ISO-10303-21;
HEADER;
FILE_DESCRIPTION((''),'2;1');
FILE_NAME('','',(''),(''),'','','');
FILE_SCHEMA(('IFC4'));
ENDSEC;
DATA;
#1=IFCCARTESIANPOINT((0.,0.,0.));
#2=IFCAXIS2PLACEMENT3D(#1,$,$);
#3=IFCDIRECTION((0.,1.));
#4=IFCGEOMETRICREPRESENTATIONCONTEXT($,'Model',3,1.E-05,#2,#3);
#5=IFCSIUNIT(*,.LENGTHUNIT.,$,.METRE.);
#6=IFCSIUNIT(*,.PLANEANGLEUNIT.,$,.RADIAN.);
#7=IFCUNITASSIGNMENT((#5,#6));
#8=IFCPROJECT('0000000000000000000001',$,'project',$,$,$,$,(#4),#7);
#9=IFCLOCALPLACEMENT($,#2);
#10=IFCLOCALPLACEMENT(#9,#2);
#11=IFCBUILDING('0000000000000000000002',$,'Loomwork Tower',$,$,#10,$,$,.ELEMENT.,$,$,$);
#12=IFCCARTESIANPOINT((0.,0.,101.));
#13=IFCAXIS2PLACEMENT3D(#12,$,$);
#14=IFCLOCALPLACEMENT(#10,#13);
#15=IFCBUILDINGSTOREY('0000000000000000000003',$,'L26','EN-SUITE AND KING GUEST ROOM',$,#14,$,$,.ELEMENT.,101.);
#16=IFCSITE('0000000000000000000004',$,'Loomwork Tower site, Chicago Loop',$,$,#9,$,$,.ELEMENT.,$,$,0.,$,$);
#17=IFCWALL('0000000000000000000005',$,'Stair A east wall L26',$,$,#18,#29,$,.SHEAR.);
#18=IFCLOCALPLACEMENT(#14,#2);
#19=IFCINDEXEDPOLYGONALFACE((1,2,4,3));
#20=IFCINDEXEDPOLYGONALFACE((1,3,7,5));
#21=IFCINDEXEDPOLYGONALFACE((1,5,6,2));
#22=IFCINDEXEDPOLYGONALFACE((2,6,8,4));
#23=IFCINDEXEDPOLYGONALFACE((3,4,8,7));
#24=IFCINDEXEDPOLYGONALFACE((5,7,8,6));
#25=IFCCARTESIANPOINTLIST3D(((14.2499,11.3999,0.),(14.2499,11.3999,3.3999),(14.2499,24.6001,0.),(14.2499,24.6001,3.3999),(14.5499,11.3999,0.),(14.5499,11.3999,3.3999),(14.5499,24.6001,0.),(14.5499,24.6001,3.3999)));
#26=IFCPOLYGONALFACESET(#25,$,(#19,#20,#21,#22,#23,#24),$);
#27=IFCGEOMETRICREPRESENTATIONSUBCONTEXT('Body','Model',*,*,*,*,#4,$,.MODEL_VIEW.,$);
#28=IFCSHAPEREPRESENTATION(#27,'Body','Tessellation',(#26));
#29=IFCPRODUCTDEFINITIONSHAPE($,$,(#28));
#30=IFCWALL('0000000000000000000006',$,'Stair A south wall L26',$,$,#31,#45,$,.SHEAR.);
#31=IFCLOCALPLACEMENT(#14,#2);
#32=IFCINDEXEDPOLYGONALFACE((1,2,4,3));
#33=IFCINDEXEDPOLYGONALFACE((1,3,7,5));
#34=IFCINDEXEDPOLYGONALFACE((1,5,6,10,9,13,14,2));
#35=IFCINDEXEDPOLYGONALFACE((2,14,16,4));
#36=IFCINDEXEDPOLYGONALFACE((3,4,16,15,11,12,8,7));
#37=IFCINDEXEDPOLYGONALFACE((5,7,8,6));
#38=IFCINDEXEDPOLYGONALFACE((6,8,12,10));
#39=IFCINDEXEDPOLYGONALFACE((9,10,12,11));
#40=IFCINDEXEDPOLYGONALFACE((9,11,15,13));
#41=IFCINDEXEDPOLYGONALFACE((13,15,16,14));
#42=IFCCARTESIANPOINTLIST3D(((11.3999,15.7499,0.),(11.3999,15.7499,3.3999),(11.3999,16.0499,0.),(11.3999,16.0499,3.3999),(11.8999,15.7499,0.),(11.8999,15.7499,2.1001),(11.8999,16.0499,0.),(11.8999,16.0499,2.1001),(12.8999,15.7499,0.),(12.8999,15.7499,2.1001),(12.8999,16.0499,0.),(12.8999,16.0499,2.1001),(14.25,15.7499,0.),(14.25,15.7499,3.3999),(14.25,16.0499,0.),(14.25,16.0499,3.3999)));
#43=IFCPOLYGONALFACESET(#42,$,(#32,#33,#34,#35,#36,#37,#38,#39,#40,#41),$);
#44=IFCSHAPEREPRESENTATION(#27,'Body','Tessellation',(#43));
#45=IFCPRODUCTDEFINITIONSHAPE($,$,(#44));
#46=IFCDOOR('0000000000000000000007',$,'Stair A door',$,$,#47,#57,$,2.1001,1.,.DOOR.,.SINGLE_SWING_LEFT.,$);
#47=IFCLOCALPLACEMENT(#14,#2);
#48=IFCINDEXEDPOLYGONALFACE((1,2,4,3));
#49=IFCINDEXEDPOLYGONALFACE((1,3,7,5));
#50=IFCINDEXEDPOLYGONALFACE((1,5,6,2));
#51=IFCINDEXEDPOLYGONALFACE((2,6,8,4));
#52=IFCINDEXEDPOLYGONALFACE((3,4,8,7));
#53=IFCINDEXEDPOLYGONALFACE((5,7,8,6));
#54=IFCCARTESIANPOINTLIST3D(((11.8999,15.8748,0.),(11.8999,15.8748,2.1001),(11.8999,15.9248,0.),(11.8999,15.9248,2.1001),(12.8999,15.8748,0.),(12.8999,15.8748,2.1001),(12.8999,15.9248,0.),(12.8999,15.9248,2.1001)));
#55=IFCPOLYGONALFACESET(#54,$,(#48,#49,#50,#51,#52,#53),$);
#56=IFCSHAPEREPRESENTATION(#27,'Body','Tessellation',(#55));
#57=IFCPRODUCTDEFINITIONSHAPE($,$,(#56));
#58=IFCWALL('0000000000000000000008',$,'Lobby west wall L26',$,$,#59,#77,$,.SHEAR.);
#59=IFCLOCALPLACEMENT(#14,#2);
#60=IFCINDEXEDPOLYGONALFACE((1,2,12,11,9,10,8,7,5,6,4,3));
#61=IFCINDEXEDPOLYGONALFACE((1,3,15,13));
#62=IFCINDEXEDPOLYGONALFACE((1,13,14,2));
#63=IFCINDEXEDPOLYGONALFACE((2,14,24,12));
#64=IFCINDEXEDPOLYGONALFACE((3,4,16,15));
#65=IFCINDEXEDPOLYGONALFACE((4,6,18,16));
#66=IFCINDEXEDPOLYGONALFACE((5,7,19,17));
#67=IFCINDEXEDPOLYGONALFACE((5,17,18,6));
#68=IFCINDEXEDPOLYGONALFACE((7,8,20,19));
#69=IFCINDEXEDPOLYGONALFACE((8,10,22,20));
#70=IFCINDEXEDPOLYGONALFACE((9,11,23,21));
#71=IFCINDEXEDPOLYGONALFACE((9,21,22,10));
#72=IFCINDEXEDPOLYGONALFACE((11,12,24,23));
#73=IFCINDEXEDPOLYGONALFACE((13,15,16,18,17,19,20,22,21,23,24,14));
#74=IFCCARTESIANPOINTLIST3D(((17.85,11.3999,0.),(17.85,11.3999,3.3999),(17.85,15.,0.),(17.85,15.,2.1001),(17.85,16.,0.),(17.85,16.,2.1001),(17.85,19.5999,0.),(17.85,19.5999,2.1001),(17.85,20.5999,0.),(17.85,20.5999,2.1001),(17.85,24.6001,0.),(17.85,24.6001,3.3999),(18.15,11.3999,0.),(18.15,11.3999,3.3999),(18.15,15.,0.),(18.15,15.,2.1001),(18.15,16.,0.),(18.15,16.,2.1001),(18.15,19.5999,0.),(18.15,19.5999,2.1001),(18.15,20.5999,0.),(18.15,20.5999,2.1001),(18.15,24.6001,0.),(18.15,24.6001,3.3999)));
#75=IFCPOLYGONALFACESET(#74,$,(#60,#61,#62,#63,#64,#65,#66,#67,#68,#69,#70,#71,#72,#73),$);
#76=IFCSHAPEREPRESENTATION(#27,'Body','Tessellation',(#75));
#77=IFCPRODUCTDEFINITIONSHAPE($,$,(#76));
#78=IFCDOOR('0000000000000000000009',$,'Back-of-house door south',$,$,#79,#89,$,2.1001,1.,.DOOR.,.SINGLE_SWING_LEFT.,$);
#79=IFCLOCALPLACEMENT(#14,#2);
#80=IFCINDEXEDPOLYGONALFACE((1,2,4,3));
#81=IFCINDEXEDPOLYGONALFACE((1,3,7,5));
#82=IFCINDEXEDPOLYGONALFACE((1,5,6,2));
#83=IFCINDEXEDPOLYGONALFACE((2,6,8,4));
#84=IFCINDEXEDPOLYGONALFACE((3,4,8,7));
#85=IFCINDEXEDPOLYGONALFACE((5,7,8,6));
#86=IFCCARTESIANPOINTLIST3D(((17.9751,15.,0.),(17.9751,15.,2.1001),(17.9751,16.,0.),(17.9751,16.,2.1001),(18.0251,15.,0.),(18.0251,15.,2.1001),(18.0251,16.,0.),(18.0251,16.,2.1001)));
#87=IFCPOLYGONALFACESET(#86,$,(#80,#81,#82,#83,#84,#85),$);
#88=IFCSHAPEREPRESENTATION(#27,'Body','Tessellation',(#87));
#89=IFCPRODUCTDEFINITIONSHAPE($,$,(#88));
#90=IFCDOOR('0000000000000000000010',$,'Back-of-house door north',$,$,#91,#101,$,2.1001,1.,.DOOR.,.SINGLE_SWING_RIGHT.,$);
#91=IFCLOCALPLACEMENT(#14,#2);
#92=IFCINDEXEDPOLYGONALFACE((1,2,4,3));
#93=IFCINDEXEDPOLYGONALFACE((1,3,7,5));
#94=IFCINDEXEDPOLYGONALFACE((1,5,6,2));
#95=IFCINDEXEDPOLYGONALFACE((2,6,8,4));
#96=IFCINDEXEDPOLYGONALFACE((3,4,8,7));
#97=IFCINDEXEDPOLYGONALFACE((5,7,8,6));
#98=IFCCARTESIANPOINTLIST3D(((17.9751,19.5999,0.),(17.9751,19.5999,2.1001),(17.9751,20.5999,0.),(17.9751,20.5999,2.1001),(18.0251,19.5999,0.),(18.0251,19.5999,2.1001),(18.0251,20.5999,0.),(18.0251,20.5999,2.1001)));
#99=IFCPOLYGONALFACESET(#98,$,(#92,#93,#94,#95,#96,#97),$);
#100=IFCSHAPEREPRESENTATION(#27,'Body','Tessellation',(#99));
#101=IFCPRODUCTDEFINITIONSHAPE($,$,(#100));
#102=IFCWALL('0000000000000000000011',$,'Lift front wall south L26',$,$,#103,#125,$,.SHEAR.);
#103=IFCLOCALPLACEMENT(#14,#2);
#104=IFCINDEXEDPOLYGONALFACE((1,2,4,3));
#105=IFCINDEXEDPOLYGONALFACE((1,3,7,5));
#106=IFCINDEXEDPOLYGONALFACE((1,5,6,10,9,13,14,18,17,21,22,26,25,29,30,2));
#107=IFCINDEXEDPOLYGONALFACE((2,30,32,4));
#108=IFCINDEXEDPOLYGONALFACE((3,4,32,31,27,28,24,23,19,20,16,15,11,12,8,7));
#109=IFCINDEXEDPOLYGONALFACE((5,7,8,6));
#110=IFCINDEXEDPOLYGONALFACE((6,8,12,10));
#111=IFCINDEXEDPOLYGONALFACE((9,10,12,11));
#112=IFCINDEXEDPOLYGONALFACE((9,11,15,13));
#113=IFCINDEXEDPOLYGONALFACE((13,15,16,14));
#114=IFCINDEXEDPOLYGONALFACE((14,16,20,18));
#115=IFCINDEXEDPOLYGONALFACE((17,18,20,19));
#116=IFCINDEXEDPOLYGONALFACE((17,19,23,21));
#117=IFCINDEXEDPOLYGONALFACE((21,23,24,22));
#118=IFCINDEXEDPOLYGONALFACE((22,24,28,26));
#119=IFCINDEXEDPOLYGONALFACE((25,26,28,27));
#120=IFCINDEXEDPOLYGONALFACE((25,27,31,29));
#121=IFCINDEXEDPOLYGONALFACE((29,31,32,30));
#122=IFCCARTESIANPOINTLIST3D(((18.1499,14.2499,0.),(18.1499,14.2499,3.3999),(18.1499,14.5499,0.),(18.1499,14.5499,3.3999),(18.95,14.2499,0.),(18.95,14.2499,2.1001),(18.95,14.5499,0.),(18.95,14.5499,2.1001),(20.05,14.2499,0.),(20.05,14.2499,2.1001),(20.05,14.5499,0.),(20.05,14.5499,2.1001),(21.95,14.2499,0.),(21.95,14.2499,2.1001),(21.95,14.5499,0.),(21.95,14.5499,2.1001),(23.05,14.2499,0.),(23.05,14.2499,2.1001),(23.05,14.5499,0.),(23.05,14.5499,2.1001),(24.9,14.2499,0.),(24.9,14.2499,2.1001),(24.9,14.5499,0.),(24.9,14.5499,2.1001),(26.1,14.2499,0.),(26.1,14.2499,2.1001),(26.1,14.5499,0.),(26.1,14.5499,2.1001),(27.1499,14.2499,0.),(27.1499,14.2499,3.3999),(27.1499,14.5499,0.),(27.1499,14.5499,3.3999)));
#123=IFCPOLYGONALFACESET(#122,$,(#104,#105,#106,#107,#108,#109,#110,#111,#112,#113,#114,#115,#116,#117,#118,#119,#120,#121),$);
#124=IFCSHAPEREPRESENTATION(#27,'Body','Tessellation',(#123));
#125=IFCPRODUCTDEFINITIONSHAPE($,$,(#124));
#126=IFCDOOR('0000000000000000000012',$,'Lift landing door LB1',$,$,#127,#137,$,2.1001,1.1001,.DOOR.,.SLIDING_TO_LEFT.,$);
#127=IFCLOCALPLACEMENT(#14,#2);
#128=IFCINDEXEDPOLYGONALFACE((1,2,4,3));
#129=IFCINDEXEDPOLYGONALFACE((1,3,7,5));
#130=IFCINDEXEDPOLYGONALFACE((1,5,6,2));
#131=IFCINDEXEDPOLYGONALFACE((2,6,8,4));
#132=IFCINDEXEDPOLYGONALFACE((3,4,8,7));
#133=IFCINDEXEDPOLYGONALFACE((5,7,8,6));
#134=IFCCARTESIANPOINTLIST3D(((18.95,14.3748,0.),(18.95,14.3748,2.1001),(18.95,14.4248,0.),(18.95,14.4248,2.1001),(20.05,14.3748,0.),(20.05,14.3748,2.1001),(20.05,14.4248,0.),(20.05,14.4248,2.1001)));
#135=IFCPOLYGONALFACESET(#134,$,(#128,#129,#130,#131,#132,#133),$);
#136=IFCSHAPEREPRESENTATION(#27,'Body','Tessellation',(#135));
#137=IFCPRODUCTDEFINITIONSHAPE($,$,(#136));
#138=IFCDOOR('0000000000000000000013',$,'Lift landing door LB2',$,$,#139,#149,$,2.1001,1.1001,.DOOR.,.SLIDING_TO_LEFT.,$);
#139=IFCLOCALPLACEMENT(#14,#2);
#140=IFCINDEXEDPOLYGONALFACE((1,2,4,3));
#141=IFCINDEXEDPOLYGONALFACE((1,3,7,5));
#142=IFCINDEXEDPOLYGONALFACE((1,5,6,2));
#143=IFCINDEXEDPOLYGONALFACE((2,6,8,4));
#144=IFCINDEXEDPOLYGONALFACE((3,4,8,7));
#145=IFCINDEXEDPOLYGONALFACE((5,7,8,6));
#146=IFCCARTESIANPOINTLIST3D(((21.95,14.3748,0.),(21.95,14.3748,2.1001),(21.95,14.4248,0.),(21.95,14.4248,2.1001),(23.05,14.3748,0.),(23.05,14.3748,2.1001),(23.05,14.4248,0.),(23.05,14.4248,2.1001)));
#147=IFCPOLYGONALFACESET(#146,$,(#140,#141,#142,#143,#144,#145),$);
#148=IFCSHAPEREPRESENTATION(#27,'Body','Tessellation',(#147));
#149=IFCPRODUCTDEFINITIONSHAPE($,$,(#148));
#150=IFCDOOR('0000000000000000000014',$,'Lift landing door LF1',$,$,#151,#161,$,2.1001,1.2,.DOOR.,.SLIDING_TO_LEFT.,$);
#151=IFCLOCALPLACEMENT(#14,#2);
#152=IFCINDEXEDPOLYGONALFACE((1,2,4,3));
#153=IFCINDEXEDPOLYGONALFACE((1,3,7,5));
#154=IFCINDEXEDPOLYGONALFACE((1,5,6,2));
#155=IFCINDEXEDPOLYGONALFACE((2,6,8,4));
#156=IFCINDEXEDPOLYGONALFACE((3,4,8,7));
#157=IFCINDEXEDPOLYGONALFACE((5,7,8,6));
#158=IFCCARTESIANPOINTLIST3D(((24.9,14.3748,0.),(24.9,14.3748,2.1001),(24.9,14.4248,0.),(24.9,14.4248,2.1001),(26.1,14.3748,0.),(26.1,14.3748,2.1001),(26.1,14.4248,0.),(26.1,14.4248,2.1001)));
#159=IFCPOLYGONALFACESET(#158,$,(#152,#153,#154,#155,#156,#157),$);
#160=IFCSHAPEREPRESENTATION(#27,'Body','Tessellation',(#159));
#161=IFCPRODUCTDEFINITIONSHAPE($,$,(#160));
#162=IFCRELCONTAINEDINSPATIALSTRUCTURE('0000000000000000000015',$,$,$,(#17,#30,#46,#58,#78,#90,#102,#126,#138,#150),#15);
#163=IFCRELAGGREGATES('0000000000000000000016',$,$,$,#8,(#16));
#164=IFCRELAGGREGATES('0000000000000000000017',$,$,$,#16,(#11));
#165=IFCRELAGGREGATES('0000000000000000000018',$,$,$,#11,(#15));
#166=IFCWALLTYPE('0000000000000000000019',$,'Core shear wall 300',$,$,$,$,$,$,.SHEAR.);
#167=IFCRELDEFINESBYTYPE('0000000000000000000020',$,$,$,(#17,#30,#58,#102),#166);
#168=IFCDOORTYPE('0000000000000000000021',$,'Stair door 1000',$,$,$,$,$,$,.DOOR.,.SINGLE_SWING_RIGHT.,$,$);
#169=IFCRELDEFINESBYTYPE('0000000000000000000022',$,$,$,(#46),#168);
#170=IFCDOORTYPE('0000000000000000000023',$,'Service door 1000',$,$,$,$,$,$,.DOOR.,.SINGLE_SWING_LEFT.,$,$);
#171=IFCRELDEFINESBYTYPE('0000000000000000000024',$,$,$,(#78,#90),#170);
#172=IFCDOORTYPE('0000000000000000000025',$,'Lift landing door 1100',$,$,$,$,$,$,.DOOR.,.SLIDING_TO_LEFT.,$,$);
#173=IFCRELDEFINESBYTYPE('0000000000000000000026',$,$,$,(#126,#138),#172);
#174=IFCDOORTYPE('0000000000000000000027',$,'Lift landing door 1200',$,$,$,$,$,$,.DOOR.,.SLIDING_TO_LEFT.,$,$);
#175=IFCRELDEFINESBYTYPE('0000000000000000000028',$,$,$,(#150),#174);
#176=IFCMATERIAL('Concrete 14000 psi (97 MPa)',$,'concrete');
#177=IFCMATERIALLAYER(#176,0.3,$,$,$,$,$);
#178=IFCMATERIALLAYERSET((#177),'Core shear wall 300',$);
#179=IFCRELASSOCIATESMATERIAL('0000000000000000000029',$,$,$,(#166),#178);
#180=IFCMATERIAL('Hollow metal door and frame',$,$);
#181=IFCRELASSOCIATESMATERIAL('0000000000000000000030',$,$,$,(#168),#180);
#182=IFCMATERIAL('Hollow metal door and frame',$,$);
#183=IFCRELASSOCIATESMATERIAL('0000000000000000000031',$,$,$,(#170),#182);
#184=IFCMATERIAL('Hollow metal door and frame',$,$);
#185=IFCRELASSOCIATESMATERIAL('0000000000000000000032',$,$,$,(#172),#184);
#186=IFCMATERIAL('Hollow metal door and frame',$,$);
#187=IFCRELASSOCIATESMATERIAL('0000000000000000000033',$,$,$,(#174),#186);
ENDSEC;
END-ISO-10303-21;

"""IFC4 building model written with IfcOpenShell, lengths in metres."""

from ifc_helpers import new_model, si_unit, direction, frame, frame_2d, origin, place, context, subcontext, project, spatial, rectangle, extrude, material, layer, layer_set, type_object, element, fill, save


model = new_model("IFC4")

# Units and contexts
model_context = context("Model", 3, precision=1e-05, world=origin(), true_north=direction((0.0, 1.0)))
body_context = subcontext(model_context, "Body", "Model", "MODEL_VIEW")
ifc_project = project(units=[si_unit("LENGTHUNIT", "METRE"), si_unit("PLANEANGLEUNIT", "RADIAN")], contexts=[model_context])

# Site, building, storey
site_placement = place(None, origin())
site = spatial("IfcSite", under=ifc_project, at=site_placement, Name="Loomwork Tower site, Chicago Loop", CompositionType="ELEMENT", RefElevation=0.0)
building_placement = place(site_placement, origin())
building = spatial("IfcBuilding", under=site, at=building_placement, Name="Loomwork Tower", CompositionType="ELEMENT")
storey_placement = place(building_placement, frame((0.0, 0.0, 101.0)))
storey = spatial("IfcBuildingStorey", under=building, at=storey_placement, Name="L26", Description="EN-SUITE AND KING GUEST ROOM", CompositionType="ELEMENT", Elevation=101.0)

# Wall
ifc_material_1 = material(Name="Concrete 14000 psi (97 MPa)", Category="concrete")
ifc_layer_1 = layer(ifc_material_1, 0.3)
ifc_layer_set_1 = layer_set([ifc_layer_1], Name="Core shear wall 300")
wall_type_1 = type_object("IfcWallType", Name="Core shear wall 300", PredefinedType="SHEAR", material=ifc_layer_set_1)
wall_1_placement = place(storey_placement, frame((14.3999, 11.3999, 0.0), z_axis=(0.0, 0.0, 1.0), x_axis=(0.0, 1.0, 0.0)))
element("IfcWall", 1, at=wall_1_placement, inside=storey, type_object=wall_type_1, Name="Stair A east wall L26", PredefinedType="SHEAR", context=body_context, shape_type="SweptSolid", body=[
    extrude(rectangle(XDim=13.2002, YDim=0.3, at=frame_2d((6.6001, 0.0))), origin(), (0.0, 0.0, 1.0), 3.3999),
])

# Wall, opening, door
wall_2_placement = place(storey_placement, frame((11.3999, 15.8999, 0.0), z_axis=(0.0, 0.0, 1.0), x_axis=(1.0, 0.0, 0.0)))
wall_2 = element("IfcWall", 2, at=wall_2_placement, inside=storey, type_object=wall_type_1, Name="Stair A south wall L26", PredefinedType="SHEAR", context=body_context, shape_type="SweptSolid", body=[
    extrude(rectangle(XDim=2.8501, YDim=0.3, at=frame_2d((1.425, 0.0))), origin(), (0.0, 0.0, 1.0), 3.3999),
])
opening_1_placement = place(wall_2_placement, frame((0.5, 0.0, 0.0)))
opening_1 = element("IfcOpeningElement", 3, at=opening_1_placement, cuts=wall_2, PredefinedType="OPENING", context=body_context, shape_type="SweptSolid", body=[
    extrude(rectangle(XDim=1.0, YDim=2.1001, at=frame_2d((0.5, 1.05))), frame((0.0, 0.1599, 0.0), z_axis=(0.0, -1.0, 0.0), x_axis=(1.0, 0.0, 0.0)), (0.0, 0.0, 1.0), 0.3201),
])
ifc_material_2 = material(Name="Hollow metal door and frame")
door_type_1 = type_object("IfcDoorType", Name="Stair door 1000", OperationType="SINGLE_SWING_RIGHT", PredefinedType="DOOR", material=ifc_material_2)
door_1_placement = place(opening_1_placement, origin())
door_1 = element("IfcDoor", 4, at=door_1_placement, inside=storey, type_object=door_type_1, Name="Stair A door", OperationType="SINGLE_SWING_LEFT", OverallHeight=2.1001, OverallWidth=1.0, PredefinedType="DOOR", context=body_context, shape_type="SweptSolid", body=[
    extrude(rectangle(XDim=1.0, YDim=2.1001, at=frame_2d((0.5, 1.05))), frame((0.0, 0.0249, 0.0), z_axis=(0.0, -1.0, 0.0), x_axis=(1.0, 0.0, 0.0)), (0.0, 0.0, 1.0), 0.05),
])
fill(opening_1, door_1)

# Walls, openings, doors
wall_3_placement = place(storey_placement, frame((18.0, 11.3999, 0.0), z_axis=(0.0, 0.0, 1.0), x_axis=(0.0, 1.0, 0.0)))
wall_3 = element("IfcWall", 5, at=wall_3_placement, inside=storey, type_object=wall_type_1, Name="Lobby west wall L26", PredefinedType="SHEAR", context=body_context, shape_type="SweptSolid", body=[
    extrude(rectangle(XDim=13.2002, YDim=0.3, at=frame_2d((6.6001, 0.0))), origin(), (0.0, 0.0, 1.0), 3.3999),
])
opening_2_placement = place(wall_3_placement, frame((3.6001, 0.0, 0.0)))
opening_2 = element("IfcOpeningElement", 6, at=opening_2_placement, cuts=wall_3, PredefinedType="OPENING", context=body_context, shape_type="SweptSolid", body=[
    extrude(rectangle(XDim=1.0, YDim=2.1001, at=frame_2d((0.5, 1.05))), frame((0.0, 0.1599, 0.0), z_axis=(0.0, -1.0, 0.0), x_axis=(1.0, 0.0, 0.0)), (0.0, 0.0, 1.0), 0.3201),
])
opening_3_placement = place(wall_3_placement, frame((8.2, 0.0, 0.0)))
opening_3 = element("IfcOpeningElement", 7, at=opening_3_placement, cuts=wall_3, PredefinedType="OPENING", context=body_context, shape_type="SweptSolid", body=[
    extrude(rectangle(XDim=1.0, YDim=2.1001, at=frame_2d((0.5, 1.05))), frame((0.0, 0.1599, 0.0), z_axis=(0.0, -1.0, 0.0), x_axis=(1.0, 0.0, 0.0)), (0.0, 0.0, 1.0), 0.3201),
])
ifc_material_3 = material(Name="Hollow metal door and frame")
door_type_2 = type_object("IfcDoorType", Name="Service door 1000", OperationType="SINGLE_SWING_LEFT", PredefinedType="DOOR", material=ifc_material_3)
door_2_placement = place(opening_2_placement, origin())
door_2 = element("IfcDoor", 8, at=door_2_placement, inside=storey, type_object=door_type_2, Name="Back-of-house door south", OperationType="SINGLE_SWING_LEFT", OverallHeight=2.1001, OverallWidth=1.0, PredefinedType="DOOR", context=body_context, shape_type="SweptSolid", body=[
    extrude(rectangle(XDim=1.0, YDim=2.1001, at=frame_2d((0.5, 1.05))), frame((0.0, 0.0249, 0.0), z_axis=(0.0, -1.0, 0.0), x_axis=(1.0, 0.0, 0.0)), (0.0, 0.0, 1.0), 0.05),
])
fill(opening_2, door_2)
door_3_placement = place(opening_3_placement, origin())
door_3 = element("IfcDoor", 9, at=door_3_placement, inside=storey, type_object=door_type_2, Name="Back-of-house door north", OperationType="SINGLE_SWING_RIGHT", OverallHeight=2.1001, OverallWidth=1.0, PredefinedType="DOOR", context=body_context, shape_type="SweptSolid", body=[
    extrude(rectangle(XDim=1.0, YDim=2.1001, at=frame_2d((0.5, 1.05))), frame((0.0, 0.0249, 0.0), z_axis=(0.0, -1.0, 0.0), x_axis=(1.0, 0.0, 0.0)), (0.0, 0.0, 1.0), 0.05),
])
fill(opening_3, door_3)
wall_4_placement = place(storey_placement, frame((18.1499, 14.3999, 0.0), z_axis=(0.0, 0.0, 1.0), x_axis=(1.0, 0.0, 0.0)))
wall_4 = element("IfcWall", 10, at=wall_4_placement, inside=storey, type_object=wall_type_1, Name="Lift front wall south L26", PredefinedType="SHEAR", context=body_context, shape_type="SweptSolid", body=[
    extrude(rectangle(XDim=9.0, YDim=0.3, at=frame_2d((4.5, 0.0))), origin(), (0.0, 0.0, 1.0), 3.3999),
])
opening_4_placement = place(wall_4_placement, frame((0.8, 0.0, 0.0)))
opening_4 = element("IfcOpeningElement", 11, at=opening_4_placement, cuts=wall_4, PredefinedType="OPENING", context=body_context, shape_type="SweptSolid", body=[
    extrude(rectangle(XDim=1.1001, YDim=2.1001, at=frame_2d((0.55, 1.05))), frame((0.0, 0.1599, 0.0), z_axis=(0.0, -1.0, 0.0), x_axis=(1.0, 0.0, 0.0)), (0.0, 0.0, 1.0), 0.3201),
])
opening_5_placement = place(wall_4_placement, frame((3.8, 0.0, 0.0)))
opening_5 = element("IfcOpeningElement", 12, at=opening_5_placement, cuts=wall_4, PredefinedType="OPENING", context=body_context, shape_type="SweptSolid", body=[
    extrude(rectangle(XDim=1.1001, YDim=2.1001, at=frame_2d((0.55, 1.05))), frame((0.0, 0.1599, 0.0), z_axis=(0.0, -1.0, 0.0), x_axis=(1.0, 0.0, 0.0)), (0.0, 0.0, 1.0), 0.3201),
])
opening_6_placement = place(wall_4_placement, frame((6.75, 0.0, 0.0)))
opening_6 = element("IfcOpeningElement", 13, at=opening_6_placement, cuts=wall_4, PredefinedType="OPENING", context=body_context, shape_type="SweptSolid", body=[
    extrude(rectangle(XDim=1.2, YDim=2.1001, at=frame_2d((0.6001, 1.05))), frame((0.0, 0.1599, 0.0), z_axis=(0.0, -1.0, 0.0), x_axis=(1.0, 0.0, 0.0)), (0.0, 0.0, 1.0), 0.3201),
])
ifc_material_4 = material(Name="Hollow metal door and frame")
door_type_3 = type_object("IfcDoorType", Name="Lift landing door 1100", OperationType="SLIDING_TO_LEFT", PredefinedType="DOOR", material=ifc_material_4)
door_4_placement = place(opening_4_placement, origin())
door_4 = element("IfcDoor", 14, at=door_4_placement, inside=storey, type_object=door_type_3, Name="Lift landing door LB1", OperationType="SLIDING_TO_LEFT", OverallHeight=2.1001, OverallWidth=1.1001, PredefinedType="DOOR", context=body_context, shape_type="SweptSolid", body=[
    extrude(rectangle(XDim=1.1001, YDim=2.1001, at=frame_2d((0.55, 1.05))), frame((0.0, 0.0249, 0.0), z_axis=(0.0, -1.0, 0.0), x_axis=(1.0, 0.0, 0.0)), (0.0, 0.0, 1.0), 0.05),
])
fill(opening_4, door_4)
door_5_placement = place(opening_5_placement, origin())
door_5 = element("IfcDoor", 15, at=door_5_placement, inside=storey, type_object=door_type_3, Name="Lift landing door LB2", OperationType="SLIDING_TO_LEFT", OverallHeight=2.1001, OverallWidth=1.1001, PredefinedType="DOOR", context=body_context, shape_type="SweptSolid", body=[
    extrude(rectangle(XDim=1.1001, YDim=2.1001, at=frame_2d((0.55, 1.05))), frame((0.0, 0.0249, 0.0), z_axis=(0.0, -1.0, 0.0), x_axis=(1.0, 0.0, 0.0)), (0.0, 0.0, 1.0), 0.05),
])
fill(opening_5, door_5)
ifc_material_5 = material(Name="Hollow metal door and frame")
door_type_4 = type_object("IfcDoorType", Name="Lift landing door 1200", OperationType="SLIDING_TO_LEFT", PredefinedType="DOOR", material=ifc_material_5)
door_6_placement = place(opening_6_placement, origin())
door_6 = element("IfcDoor", 16, at=door_6_placement, inside=storey, type_object=door_type_4, Name="Lift landing door LF1", OperationType="SLIDING_TO_LEFT", OverallHeight=2.1001, OverallWidth=1.2, PredefinedType="DOOR", context=body_context, shape_type="SweptSolid", body=[
    extrude(rectangle(XDim=1.2, YDim=2.1001, at=frame_2d((0.6001, 1.05))), frame((0.0, 0.0249, 0.0), z_axis=(0.0, -1.0, 0.0), x_axis=(1.0, 0.0, 0.0)), (0.0, 0.0, 1.0), 0.05),
])
fill(opening_6, door_6)

save(model, "model.ifc")
